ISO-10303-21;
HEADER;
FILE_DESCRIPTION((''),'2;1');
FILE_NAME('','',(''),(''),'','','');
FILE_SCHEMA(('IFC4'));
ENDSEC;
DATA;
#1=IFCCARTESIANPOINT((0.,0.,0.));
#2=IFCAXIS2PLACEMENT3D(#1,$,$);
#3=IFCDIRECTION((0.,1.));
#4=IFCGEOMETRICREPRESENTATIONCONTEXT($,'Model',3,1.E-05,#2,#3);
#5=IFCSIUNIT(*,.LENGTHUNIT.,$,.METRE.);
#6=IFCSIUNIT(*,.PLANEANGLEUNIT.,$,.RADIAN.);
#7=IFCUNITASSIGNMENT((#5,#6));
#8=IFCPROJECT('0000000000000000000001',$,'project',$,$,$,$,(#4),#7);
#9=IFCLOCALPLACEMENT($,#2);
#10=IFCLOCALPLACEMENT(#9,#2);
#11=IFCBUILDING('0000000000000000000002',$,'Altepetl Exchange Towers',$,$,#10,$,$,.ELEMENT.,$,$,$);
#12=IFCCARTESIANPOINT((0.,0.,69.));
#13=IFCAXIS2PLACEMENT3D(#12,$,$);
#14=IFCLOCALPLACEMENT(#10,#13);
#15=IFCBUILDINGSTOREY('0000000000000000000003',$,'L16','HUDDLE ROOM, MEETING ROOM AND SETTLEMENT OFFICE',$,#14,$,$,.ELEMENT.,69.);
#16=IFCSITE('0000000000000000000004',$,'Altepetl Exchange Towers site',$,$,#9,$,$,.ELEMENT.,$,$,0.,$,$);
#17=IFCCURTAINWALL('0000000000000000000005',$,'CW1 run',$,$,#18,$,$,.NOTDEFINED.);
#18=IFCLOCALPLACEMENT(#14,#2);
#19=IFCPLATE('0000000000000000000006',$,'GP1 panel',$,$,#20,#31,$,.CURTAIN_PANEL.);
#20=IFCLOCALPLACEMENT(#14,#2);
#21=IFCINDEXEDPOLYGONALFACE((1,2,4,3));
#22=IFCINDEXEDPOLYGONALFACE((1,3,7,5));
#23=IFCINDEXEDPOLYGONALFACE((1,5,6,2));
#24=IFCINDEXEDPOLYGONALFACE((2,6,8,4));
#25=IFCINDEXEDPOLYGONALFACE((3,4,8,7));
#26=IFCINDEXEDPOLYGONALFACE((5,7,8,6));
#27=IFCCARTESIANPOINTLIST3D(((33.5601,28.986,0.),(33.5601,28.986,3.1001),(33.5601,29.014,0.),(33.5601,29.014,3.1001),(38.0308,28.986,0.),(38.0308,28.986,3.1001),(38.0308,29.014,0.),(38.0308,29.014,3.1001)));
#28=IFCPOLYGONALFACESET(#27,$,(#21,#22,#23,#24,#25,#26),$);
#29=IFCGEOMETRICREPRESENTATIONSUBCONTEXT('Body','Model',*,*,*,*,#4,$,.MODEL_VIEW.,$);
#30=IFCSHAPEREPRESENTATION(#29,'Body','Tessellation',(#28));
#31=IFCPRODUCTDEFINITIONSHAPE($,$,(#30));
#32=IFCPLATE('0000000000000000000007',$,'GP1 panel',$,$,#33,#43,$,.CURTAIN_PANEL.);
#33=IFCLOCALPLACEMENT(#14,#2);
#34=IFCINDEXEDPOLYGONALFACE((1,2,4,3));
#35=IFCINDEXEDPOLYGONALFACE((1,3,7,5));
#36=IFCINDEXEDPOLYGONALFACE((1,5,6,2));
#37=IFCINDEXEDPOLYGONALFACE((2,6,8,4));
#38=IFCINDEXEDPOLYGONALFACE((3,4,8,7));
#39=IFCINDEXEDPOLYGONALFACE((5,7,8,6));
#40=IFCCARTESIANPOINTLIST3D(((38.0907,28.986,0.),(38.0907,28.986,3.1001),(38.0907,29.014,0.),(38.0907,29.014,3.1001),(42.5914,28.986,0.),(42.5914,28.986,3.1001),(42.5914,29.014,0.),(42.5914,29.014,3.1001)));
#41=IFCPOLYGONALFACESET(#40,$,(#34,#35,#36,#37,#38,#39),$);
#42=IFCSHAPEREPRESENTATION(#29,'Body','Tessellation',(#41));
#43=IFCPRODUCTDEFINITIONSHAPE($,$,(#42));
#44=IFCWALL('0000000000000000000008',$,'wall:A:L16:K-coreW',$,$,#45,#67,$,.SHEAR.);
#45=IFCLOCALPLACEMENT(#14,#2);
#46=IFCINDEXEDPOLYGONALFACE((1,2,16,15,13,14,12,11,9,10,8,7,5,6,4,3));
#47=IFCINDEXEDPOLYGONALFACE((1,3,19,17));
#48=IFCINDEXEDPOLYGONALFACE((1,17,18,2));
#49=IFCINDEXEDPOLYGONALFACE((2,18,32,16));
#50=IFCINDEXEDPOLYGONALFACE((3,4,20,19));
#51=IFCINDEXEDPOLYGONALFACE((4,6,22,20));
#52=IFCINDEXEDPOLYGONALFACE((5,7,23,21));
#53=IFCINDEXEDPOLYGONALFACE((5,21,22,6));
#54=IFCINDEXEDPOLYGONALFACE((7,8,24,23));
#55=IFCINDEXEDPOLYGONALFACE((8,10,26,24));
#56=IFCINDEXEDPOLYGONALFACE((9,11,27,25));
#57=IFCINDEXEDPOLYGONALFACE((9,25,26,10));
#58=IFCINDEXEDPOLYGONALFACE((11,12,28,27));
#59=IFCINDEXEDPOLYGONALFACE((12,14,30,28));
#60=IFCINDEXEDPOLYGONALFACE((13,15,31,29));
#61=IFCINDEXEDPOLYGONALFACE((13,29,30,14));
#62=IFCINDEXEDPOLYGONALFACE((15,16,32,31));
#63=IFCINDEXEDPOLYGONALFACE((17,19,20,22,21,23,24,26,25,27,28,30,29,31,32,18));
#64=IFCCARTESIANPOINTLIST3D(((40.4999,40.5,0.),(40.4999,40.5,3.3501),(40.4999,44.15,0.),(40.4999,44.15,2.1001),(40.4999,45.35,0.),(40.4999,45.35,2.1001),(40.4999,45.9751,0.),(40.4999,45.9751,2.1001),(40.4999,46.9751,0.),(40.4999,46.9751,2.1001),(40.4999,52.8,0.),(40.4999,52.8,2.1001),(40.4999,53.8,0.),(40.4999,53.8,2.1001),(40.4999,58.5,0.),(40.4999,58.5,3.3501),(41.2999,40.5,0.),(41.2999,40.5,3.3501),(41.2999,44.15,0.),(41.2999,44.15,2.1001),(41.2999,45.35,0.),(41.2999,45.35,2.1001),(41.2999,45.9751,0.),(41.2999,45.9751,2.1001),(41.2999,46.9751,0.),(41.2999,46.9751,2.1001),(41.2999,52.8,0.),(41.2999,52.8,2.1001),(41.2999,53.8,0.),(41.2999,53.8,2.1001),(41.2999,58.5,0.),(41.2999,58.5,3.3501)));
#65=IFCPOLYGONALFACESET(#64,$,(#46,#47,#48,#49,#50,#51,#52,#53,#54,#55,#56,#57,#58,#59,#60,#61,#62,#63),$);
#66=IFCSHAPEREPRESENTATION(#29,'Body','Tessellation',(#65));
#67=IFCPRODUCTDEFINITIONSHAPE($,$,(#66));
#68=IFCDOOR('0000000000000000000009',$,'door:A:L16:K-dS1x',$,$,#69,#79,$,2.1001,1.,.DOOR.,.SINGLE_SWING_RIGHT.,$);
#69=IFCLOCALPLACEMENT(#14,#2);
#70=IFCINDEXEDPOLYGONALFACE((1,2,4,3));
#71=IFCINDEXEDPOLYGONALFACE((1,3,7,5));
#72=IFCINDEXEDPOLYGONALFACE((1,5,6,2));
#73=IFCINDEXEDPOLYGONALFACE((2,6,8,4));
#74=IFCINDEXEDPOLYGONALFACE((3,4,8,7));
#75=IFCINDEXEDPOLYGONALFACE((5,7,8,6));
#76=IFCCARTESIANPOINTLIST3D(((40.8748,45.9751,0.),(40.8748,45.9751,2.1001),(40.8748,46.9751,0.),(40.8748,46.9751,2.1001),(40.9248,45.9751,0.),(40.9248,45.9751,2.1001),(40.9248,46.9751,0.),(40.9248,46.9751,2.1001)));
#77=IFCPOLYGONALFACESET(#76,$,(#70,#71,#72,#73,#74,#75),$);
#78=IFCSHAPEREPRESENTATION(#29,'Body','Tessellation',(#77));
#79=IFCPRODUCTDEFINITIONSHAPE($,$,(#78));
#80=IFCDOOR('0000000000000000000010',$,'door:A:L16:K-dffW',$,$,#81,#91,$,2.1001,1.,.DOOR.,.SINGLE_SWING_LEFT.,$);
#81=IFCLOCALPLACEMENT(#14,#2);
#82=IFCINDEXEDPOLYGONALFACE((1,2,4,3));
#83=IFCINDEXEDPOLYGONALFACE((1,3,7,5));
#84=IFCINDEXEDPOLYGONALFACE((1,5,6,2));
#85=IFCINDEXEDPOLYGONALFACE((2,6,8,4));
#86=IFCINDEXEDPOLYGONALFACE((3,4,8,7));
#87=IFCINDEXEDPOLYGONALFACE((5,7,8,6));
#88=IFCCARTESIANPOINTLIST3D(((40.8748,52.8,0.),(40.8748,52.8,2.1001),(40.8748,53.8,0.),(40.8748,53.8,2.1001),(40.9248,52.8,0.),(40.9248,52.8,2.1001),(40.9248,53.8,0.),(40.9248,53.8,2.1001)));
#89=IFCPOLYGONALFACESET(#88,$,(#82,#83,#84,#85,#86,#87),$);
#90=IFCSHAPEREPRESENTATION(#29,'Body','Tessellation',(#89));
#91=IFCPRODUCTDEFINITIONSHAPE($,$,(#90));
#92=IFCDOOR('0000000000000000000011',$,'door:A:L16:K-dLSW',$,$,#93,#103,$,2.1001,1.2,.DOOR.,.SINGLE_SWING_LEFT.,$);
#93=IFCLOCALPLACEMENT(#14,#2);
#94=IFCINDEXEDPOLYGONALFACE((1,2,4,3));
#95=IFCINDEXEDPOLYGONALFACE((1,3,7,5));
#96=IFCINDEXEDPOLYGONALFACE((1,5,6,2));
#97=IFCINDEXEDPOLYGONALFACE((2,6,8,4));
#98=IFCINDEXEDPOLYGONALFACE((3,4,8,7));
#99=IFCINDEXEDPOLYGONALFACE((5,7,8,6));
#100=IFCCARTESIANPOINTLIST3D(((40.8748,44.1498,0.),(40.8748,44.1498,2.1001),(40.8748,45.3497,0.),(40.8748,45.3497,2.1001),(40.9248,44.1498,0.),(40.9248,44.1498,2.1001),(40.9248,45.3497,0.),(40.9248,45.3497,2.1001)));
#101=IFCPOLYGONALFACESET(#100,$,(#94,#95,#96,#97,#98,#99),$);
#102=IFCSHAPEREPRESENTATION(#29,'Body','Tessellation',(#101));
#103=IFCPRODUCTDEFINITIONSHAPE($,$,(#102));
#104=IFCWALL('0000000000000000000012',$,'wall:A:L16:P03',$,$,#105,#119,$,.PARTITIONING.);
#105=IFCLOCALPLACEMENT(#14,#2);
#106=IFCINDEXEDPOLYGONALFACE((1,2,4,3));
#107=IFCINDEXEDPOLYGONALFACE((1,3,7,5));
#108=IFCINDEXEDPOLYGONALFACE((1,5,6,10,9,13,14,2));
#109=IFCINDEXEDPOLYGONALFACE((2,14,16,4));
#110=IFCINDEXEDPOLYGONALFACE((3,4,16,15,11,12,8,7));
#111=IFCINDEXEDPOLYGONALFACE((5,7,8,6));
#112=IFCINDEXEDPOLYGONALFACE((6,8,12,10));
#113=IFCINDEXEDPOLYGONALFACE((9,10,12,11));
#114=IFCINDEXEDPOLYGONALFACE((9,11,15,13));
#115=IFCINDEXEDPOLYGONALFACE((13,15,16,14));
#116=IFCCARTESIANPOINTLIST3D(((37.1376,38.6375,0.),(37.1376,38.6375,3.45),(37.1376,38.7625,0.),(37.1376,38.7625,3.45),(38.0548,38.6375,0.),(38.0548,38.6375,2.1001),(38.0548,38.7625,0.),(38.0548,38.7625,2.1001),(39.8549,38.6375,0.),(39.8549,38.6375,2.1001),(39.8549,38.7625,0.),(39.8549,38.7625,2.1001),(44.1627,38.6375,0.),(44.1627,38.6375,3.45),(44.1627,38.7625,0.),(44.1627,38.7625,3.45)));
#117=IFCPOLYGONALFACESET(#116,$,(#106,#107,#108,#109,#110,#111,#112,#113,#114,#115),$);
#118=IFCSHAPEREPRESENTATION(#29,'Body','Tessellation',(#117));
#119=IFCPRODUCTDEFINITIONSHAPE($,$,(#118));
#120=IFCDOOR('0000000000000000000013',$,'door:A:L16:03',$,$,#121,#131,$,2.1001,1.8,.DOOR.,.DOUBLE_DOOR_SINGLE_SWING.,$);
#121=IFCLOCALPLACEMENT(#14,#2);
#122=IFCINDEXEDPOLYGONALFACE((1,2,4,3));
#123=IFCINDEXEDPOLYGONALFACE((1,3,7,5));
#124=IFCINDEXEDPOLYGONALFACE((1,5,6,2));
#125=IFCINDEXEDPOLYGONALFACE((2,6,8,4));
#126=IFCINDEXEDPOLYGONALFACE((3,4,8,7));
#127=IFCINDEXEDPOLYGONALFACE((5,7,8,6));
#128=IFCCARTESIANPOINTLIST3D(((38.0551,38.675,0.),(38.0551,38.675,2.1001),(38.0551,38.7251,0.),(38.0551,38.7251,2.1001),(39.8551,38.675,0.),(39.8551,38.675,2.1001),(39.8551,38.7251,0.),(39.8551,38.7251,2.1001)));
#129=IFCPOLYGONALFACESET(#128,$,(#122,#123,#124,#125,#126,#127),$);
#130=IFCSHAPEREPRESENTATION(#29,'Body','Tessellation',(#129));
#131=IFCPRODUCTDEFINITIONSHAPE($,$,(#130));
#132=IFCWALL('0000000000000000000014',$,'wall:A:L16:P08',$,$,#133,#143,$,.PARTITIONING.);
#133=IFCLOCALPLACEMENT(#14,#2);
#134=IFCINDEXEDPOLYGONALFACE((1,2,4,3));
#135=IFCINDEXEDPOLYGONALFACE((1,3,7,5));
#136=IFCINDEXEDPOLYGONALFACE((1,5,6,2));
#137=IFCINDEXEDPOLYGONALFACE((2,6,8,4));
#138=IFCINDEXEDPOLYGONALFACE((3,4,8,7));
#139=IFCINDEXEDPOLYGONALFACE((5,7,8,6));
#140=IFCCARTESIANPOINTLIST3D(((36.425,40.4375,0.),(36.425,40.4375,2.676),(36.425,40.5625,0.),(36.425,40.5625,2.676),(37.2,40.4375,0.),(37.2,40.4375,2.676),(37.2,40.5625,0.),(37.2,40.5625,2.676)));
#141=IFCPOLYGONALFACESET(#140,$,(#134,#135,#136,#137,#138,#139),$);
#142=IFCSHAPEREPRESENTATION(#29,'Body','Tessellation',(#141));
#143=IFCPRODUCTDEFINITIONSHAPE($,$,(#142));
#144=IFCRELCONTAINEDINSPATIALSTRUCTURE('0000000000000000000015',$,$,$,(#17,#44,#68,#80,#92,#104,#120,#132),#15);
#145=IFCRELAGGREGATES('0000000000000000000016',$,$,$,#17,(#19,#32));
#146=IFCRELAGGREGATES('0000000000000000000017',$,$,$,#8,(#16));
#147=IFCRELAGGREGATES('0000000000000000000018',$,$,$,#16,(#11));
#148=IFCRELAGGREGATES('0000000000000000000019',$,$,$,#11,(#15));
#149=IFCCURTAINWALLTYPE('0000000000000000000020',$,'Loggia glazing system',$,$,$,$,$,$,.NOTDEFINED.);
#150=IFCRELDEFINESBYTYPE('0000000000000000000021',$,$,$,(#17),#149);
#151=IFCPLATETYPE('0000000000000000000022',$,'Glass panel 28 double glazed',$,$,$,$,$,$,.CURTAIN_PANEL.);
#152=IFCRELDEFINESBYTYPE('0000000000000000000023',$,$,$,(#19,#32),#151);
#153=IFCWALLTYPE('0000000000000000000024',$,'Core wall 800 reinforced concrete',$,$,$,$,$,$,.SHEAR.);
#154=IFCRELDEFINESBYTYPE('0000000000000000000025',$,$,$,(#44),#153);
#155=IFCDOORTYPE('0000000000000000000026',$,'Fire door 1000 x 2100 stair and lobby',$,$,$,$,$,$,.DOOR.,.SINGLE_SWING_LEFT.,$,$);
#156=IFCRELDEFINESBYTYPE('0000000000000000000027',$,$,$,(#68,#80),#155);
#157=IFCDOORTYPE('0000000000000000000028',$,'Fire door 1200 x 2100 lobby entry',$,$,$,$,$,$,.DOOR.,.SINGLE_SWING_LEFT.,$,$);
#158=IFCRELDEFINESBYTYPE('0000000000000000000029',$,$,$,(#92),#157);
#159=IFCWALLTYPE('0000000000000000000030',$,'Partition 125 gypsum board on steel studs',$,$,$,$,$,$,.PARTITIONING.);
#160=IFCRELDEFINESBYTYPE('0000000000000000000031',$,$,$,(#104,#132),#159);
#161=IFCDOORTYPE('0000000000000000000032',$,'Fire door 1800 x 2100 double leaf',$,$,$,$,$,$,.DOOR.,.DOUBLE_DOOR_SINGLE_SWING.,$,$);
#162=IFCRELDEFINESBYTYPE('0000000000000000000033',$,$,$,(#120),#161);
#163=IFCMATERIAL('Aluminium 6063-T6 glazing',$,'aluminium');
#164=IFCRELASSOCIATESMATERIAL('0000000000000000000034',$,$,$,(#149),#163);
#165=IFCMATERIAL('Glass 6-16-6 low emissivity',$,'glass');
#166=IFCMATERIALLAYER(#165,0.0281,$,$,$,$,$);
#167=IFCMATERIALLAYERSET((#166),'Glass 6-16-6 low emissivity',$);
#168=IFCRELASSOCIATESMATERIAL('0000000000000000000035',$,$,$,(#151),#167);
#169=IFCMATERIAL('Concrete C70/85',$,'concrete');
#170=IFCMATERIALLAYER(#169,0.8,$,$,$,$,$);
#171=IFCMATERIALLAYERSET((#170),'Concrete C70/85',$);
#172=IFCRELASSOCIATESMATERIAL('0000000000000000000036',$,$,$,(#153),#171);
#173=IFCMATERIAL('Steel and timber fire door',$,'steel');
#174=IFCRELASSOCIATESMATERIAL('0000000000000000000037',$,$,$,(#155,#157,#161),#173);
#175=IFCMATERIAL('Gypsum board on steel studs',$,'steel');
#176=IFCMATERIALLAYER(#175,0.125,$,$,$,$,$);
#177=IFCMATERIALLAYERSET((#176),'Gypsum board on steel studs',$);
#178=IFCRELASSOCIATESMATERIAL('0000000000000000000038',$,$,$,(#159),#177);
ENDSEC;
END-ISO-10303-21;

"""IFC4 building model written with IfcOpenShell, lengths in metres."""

from ifc_helpers import new_model, si_unit, direction, frame, frame_2d, origin, origin_2d, place, context, subcontext, project, spatial, rectangle, extrude, material, layer, layer_set, type_object, element, fill, aggregate, save


model = new_model("IFC4")

# Units and contexts
model_context = context("Model", 3, precision=1e-05, world=origin(), true_north=direction((0.0, 1.0)))
body_context = subcontext(model_context, "Body", "Model", "MODEL_VIEW")
ifc_project = project(units=[si_unit("LENGTHUNIT", "METRE"), si_unit("PLANEANGLEUNIT", "RADIAN")], contexts=[model_context])

# Site, building, storey
site_placement = place(None, origin())
site = spatial("IfcSite", under=ifc_project, at=site_placement, Name="Altepetl Exchange Towers site", CompositionType="ELEMENT", RefElevation=0.0)
building_placement = place(site_placement, origin())
building = spatial("IfcBuilding", under=site, at=building_placement, Name="Altepetl Exchange Towers", CompositionType="ELEMENT")
storey_placement = place(building_placement, frame((0.0, 0.0, 69.0)))
storey = spatial("IfcBuildingStorey", under=building, at=storey_placement, Name="L16", Description="HUDDLE ROOM, MEETING ROOM AND SETTLEMENT OFFICE", CompositionType="ELEMENT", Elevation=69.0)

# Shared definitions
ifc_material_1 = material(Name="Concrete C70/85", Category="concrete")

# Curtain wall
ifc_material_2 = material(Name="Aluminium 6063-T6 glazing", Category="aluminium")
curtain_wall_type = type_object("IfcCurtainWallType", Name="Loggia glazing system", PredefinedType="NOTDEFINED", material=ifc_material_2)
curtain_wall_placement = place(storey_placement, origin())
curtain_wall = element("IfcCurtainWall", 1, at=curtain_wall_placement, inside=storey, type_object=curtain_wall_type, Name="CW1 run", PredefinedType="NOTDEFINED")

# Plates
ifc_material_3 = material(Name="Glass 6-16-6 low emissivity", Category="glass")
ifc_layer_1 = layer(ifc_material_3, 0.0281)
ifc_layer_set_1 = layer_set([ifc_layer_1], Name="Glass 6-16-6 low emissivity")
plate_type = type_object("IfcPlateType", Name="Glass panel 28 double glazed", PredefinedType="CURTAIN_PANEL", material=ifc_layer_set_1)
plate_1_placement = place(storey_placement, frame((35.7954, 29.0, 0.0)))
plate_1 = element("IfcPlate", 2, at=plate_1_placement, type_object=plate_type, Name="GP1 panel", PredefinedType="CURTAIN_PANEL", context=body_context, shape_type="SweptSolid", body=[
    extrude(rectangle(XDim=4.4707, YDim=0.0281, at=origin_2d()), origin(), (0.0, 0.0, 1.0), 3.1001),
])
plate_2_placement = place(storey_placement, frame((40.3411, 29.0, 0.0)))
plate_2 = element("IfcPlate", 3, at=plate_2_placement, type_object=plate_type, Name="GP1 panel", PredefinedType="CURTAIN_PANEL", context=body_context, shape_type="SweptSolid", body=[
    extrude(rectangle(XDim=4.5007, YDim=0.0281, at=origin_2d()), origin(), (0.0, 0.0, 1.0), 3.1001),
])
aggregate(curtain_wall, [plate_1, plate_2])

# Wall, openings, doors
ifc_layer_2 = layer(ifc_material_1, 0.8)
ifc_layer_set_2 = layer_set([ifc_layer_2], Name="Concrete C70/85")
wall_type_1 = type_object("IfcWallType", Name="Core wall 800 reinforced concrete", PredefinedType="SHEAR", material=ifc_layer_set_2)
wall_1_placement = place(storey_placement, frame((40.8999, 40.5, 0.0), z_axis=(0.0, 0.0, 1.0), x_axis=(0.0, 1.0, 0.0)))
wall_1 = element("IfcWall", 4, at=wall_1_placement, inside=storey, type_object=wall_type_1, Name="wall:A:L16:K-coreW", PredefinedType="SHEAR", context=body_context, shape_type="SweptSolid", body=[
    extrude(rectangle(XDim=18.0, YDim=0.8, at=frame_2d((9.0, 0.0))), origin(), (0.0, 0.0, 1.0), 3.3501),
])
opening_1_placement = place(wall_1_placement, frame((3.6499, 0.0, 0.0)))
opening_1 = element("IfcOpeningElement", 5, at=opening_1_placement, cuts=wall_1, PredefinedType="OPENING", context=body_context, shape_type="SweptSolid", body=[
    extrude(rectangle(XDim=1.2, YDim=2.1001, at=frame_2d((0.6001, 1.05))), frame((0.0, 0.4102, 0.0), z_axis=(0.0, -1.0, 0.0), x_axis=(1.0, 0.0, 0.0)), (0.0, 0.0, 1.0), 0.8201),
])
opening_2_placement = place(wall_1_placement, frame((5.4751, 0.0, 0.0)))
opening_2 = element("IfcOpeningElement", 6, at=opening_2_placement, cuts=wall_1, PredefinedType="OPENING", context=body_context, shape_type="SweptSolid", body=[
    extrude(rectangle(XDim=1.0, YDim=2.1001, at=frame_2d((0.5, 1.05))), frame((0.0, 0.4102, 0.0), z_axis=(0.0, -1.0, 0.0), x_axis=(1.0, 0.0, 0.0)), (0.0, 0.0, 1.0), 0.8201),
])
opening_3_placement = place(wall_1_placement, frame((12.3, 0.0, 0.0)))
opening_3 = element("IfcOpeningElement", 7, at=opening_3_placement, cuts=wall_1, PredefinedType="OPENING", context=body_context, shape_type="SweptSolid", body=[
    extrude(rectangle(XDim=1.0, YDim=2.1001, at=frame_2d((0.5, 1.05))), frame((0.0, 0.4102, 0.0), z_axis=(0.0, -1.0, 0.0), x_axis=(1.0, 0.0, 0.0)), (0.0, 0.0, 1.0), 0.8201),
])
ifc_material_4 = material(Name="Steel and timber fire door", Category="steel")
door_type_1 = type_object("IfcDoorType", Name="Fire door 1000 x 2100 stair and lobby", OperationType="SINGLE_SWING_LEFT", PredefinedType="DOOR", material=ifc_material_4)
door_1_placement = place(opening_2_placement, frame((1.0, 0.0, 0.0), x_axis=(-1.0, 0.0, 0.0)))
door_1 = element("IfcDoor", 8, at=door_1_placement, inside=storey, type_object=door_type_1, Name="door:A:L16:K-dS1x", OperationType="SINGLE_SWING_RIGHT", OverallHeight=2.1001, OverallWidth=1.0, PredefinedType="DOOR", context=body_context, shape_type="SweptSolid", body=[
    extrude(rectangle(XDim=1.0, YDim=2.1001, at=frame_2d((0.5, 1.05))), frame((0.0, 0.0249, 0.0), z_axis=(0.0, -1.0, 0.0), x_axis=(1.0, 0.0, 0.0)), (0.0, 0.0, 1.0), 0.05),
])
fill(opening_2, door_1)
door_2_placement = place(opening_3_placement, frame((1.0, 0.0, 0.0), x_axis=(-1.0, 0.0, 0.0)))
door_2 = element("IfcDoor", 9, at=door_2_placement, inside=storey, type_object=door_type_1, Name="door:A:L16:K-dffW", OperationType="SINGLE_SWING_LEFT", OverallHeight=2.1001, OverallWidth=1.0, PredefinedType="DOOR", context=body_context, shape_type="SweptSolid", body=[
    extrude(rectangle(XDim=1.0, YDim=2.1001, at=frame_2d((0.5, 1.05))), frame((0.0, 0.0249, 0.0), z_axis=(0.0, -1.0, 0.0), x_axis=(1.0, 0.0, 0.0)), (0.0, 0.0, 1.0), 0.05),
])
fill(opening_3, door_2)
door_type_2 = type_object("IfcDoorType", Name="Fire door 1200 x 2100 lobby entry", OperationType="SINGLE_SWING_LEFT", PredefinedType="DOOR", material=ifc_material_4)
door_3_placement = place(opening_1_placement, frame((1.2, 0.0, 0.0), x_axis=(-1.0, 0.0, 0.0)))
door_3 = element("IfcDoor", 10, at=door_3_placement, inside=storey, type_object=door_type_2, Name="door:A:L16:K-dLSW", OperationType="SINGLE_SWING_LEFT", OverallHeight=2.1001, OverallWidth=1.2, PredefinedType="DOOR", context=body_context, shape_type="SweptSolid", body=[
    extrude(rectangle(XDim=1.2, YDim=2.1001, at=frame_2d((0.6001, 1.05))), frame((0.0, 0.0249, 0.0), z_axis=(0.0, -1.0, 0.0), x_axis=(1.0, 0.0, 0.0)), (0.0, 0.0, 1.0), 0.05),
])
fill(opening_1, door_3)

# Wall, opening, door
ifc_material_5 = material(Name="Gypsum board on steel studs", Category="steel")
ifc_layer_3 = layer(ifc_material_5, 0.125)
ifc_layer_set_3 = layer_set([ifc_layer_3], Name="Gypsum board on steel studs")
wall_type_2 = type_object("IfcWallType", Name="Partition 125 gypsum board on steel studs", PredefinedType="PARTITIONING", material=ifc_layer_set_3)
wall_2_placement = place(storey_placement, frame((37.1375, 38.7, 0.0)))
wall_2 = element("IfcWall", 11, at=wall_2_placement, inside=storey, type_object=wall_type_2, Name="wall:A:L16:P03", PredefinedType="PARTITIONING", context=body_context, shape_type="SweptSolid", body=[
    extrude(rectangle(XDim=7.0251, YDim=0.125, at=frame_2d((3.5127, 0.0))), origin(), (0.0, 0.0, 1.0), 3.45),
])
opening_4_placement = place(wall_2_placement, frame((0.9175, 0.0, 0.0)))
opening_4 = element("IfcOpeningElement", 12, at=opening_4_placement, cuts=wall_2, PredefinedType="OPENING", context=body_context, shape_type="SweptSolid", body=[
    extrude(rectangle(XDim=1.8, YDim=2.1001, at=frame_2d((0.8999, 1.05))), frame((0.0, 0.0725, 0.0), z_axis=(0.0, -1.0, 0.0), x_axis=(1.0, 0.0, 0.0)), (0.0, 0.0, 1.0), 0.145),
])
door_type_3 = type_object("IfcDoorType", Name="Fire door 1800 x 2100 double leaf", OperationType="DOUBLE_DOOR_SINGLE_SWING", PredefinedType="DOOR", material=ifc_material_4)
door_4_placement = place(opening_4_placement, frame((1.8, 0.0, 0.0), x_axis=(-1.0, 0.0, 0.0)))
door_4 = element("IfcDoor", 13, at=door_4_placement, inside=storey, type_object=door_type_3, Name="door:A:L16:03", OperationType="DOUBLE_DOOR_SINGLE_SWING", OverallHeight=2.1001, OverallWidth=1.8, PredefinedType="DOOR", context=body_context, shape_type="SweptSolid", body=[
    extrude(rectangle(XDim=1.8, YDim=2.1001, at=frame_2d((0.8999, 1.05))), frame((0.0, 0.0249, 0.0), z_axis=(0.0, -1.0, 0.0), x_axis=(1.0, 0.0, 0.0)), (0.0, 0.0, 1.0), 0.05),
])
fill(opening_4, door_4)

# Wall
wall_3_placement = place(storey_placement, frame((36.425, 40.5, 0.0)))
element("IfcWall", 14, at=wall_3_placement, inside=storey, type_object=wall_type_2, Name="wall:A:L16:P08", PredefinedType="PARTITIONING", context=body_context, shape_type="SweptSolid", body=[
    extrude(rectangle(XDim=0.7749, YDim=0.125, at=frame_2d((0.3875, 0.0))), origin(), (0.0, 0.0, 1.0), 2.676),
])

save(model, "model.ifc")
